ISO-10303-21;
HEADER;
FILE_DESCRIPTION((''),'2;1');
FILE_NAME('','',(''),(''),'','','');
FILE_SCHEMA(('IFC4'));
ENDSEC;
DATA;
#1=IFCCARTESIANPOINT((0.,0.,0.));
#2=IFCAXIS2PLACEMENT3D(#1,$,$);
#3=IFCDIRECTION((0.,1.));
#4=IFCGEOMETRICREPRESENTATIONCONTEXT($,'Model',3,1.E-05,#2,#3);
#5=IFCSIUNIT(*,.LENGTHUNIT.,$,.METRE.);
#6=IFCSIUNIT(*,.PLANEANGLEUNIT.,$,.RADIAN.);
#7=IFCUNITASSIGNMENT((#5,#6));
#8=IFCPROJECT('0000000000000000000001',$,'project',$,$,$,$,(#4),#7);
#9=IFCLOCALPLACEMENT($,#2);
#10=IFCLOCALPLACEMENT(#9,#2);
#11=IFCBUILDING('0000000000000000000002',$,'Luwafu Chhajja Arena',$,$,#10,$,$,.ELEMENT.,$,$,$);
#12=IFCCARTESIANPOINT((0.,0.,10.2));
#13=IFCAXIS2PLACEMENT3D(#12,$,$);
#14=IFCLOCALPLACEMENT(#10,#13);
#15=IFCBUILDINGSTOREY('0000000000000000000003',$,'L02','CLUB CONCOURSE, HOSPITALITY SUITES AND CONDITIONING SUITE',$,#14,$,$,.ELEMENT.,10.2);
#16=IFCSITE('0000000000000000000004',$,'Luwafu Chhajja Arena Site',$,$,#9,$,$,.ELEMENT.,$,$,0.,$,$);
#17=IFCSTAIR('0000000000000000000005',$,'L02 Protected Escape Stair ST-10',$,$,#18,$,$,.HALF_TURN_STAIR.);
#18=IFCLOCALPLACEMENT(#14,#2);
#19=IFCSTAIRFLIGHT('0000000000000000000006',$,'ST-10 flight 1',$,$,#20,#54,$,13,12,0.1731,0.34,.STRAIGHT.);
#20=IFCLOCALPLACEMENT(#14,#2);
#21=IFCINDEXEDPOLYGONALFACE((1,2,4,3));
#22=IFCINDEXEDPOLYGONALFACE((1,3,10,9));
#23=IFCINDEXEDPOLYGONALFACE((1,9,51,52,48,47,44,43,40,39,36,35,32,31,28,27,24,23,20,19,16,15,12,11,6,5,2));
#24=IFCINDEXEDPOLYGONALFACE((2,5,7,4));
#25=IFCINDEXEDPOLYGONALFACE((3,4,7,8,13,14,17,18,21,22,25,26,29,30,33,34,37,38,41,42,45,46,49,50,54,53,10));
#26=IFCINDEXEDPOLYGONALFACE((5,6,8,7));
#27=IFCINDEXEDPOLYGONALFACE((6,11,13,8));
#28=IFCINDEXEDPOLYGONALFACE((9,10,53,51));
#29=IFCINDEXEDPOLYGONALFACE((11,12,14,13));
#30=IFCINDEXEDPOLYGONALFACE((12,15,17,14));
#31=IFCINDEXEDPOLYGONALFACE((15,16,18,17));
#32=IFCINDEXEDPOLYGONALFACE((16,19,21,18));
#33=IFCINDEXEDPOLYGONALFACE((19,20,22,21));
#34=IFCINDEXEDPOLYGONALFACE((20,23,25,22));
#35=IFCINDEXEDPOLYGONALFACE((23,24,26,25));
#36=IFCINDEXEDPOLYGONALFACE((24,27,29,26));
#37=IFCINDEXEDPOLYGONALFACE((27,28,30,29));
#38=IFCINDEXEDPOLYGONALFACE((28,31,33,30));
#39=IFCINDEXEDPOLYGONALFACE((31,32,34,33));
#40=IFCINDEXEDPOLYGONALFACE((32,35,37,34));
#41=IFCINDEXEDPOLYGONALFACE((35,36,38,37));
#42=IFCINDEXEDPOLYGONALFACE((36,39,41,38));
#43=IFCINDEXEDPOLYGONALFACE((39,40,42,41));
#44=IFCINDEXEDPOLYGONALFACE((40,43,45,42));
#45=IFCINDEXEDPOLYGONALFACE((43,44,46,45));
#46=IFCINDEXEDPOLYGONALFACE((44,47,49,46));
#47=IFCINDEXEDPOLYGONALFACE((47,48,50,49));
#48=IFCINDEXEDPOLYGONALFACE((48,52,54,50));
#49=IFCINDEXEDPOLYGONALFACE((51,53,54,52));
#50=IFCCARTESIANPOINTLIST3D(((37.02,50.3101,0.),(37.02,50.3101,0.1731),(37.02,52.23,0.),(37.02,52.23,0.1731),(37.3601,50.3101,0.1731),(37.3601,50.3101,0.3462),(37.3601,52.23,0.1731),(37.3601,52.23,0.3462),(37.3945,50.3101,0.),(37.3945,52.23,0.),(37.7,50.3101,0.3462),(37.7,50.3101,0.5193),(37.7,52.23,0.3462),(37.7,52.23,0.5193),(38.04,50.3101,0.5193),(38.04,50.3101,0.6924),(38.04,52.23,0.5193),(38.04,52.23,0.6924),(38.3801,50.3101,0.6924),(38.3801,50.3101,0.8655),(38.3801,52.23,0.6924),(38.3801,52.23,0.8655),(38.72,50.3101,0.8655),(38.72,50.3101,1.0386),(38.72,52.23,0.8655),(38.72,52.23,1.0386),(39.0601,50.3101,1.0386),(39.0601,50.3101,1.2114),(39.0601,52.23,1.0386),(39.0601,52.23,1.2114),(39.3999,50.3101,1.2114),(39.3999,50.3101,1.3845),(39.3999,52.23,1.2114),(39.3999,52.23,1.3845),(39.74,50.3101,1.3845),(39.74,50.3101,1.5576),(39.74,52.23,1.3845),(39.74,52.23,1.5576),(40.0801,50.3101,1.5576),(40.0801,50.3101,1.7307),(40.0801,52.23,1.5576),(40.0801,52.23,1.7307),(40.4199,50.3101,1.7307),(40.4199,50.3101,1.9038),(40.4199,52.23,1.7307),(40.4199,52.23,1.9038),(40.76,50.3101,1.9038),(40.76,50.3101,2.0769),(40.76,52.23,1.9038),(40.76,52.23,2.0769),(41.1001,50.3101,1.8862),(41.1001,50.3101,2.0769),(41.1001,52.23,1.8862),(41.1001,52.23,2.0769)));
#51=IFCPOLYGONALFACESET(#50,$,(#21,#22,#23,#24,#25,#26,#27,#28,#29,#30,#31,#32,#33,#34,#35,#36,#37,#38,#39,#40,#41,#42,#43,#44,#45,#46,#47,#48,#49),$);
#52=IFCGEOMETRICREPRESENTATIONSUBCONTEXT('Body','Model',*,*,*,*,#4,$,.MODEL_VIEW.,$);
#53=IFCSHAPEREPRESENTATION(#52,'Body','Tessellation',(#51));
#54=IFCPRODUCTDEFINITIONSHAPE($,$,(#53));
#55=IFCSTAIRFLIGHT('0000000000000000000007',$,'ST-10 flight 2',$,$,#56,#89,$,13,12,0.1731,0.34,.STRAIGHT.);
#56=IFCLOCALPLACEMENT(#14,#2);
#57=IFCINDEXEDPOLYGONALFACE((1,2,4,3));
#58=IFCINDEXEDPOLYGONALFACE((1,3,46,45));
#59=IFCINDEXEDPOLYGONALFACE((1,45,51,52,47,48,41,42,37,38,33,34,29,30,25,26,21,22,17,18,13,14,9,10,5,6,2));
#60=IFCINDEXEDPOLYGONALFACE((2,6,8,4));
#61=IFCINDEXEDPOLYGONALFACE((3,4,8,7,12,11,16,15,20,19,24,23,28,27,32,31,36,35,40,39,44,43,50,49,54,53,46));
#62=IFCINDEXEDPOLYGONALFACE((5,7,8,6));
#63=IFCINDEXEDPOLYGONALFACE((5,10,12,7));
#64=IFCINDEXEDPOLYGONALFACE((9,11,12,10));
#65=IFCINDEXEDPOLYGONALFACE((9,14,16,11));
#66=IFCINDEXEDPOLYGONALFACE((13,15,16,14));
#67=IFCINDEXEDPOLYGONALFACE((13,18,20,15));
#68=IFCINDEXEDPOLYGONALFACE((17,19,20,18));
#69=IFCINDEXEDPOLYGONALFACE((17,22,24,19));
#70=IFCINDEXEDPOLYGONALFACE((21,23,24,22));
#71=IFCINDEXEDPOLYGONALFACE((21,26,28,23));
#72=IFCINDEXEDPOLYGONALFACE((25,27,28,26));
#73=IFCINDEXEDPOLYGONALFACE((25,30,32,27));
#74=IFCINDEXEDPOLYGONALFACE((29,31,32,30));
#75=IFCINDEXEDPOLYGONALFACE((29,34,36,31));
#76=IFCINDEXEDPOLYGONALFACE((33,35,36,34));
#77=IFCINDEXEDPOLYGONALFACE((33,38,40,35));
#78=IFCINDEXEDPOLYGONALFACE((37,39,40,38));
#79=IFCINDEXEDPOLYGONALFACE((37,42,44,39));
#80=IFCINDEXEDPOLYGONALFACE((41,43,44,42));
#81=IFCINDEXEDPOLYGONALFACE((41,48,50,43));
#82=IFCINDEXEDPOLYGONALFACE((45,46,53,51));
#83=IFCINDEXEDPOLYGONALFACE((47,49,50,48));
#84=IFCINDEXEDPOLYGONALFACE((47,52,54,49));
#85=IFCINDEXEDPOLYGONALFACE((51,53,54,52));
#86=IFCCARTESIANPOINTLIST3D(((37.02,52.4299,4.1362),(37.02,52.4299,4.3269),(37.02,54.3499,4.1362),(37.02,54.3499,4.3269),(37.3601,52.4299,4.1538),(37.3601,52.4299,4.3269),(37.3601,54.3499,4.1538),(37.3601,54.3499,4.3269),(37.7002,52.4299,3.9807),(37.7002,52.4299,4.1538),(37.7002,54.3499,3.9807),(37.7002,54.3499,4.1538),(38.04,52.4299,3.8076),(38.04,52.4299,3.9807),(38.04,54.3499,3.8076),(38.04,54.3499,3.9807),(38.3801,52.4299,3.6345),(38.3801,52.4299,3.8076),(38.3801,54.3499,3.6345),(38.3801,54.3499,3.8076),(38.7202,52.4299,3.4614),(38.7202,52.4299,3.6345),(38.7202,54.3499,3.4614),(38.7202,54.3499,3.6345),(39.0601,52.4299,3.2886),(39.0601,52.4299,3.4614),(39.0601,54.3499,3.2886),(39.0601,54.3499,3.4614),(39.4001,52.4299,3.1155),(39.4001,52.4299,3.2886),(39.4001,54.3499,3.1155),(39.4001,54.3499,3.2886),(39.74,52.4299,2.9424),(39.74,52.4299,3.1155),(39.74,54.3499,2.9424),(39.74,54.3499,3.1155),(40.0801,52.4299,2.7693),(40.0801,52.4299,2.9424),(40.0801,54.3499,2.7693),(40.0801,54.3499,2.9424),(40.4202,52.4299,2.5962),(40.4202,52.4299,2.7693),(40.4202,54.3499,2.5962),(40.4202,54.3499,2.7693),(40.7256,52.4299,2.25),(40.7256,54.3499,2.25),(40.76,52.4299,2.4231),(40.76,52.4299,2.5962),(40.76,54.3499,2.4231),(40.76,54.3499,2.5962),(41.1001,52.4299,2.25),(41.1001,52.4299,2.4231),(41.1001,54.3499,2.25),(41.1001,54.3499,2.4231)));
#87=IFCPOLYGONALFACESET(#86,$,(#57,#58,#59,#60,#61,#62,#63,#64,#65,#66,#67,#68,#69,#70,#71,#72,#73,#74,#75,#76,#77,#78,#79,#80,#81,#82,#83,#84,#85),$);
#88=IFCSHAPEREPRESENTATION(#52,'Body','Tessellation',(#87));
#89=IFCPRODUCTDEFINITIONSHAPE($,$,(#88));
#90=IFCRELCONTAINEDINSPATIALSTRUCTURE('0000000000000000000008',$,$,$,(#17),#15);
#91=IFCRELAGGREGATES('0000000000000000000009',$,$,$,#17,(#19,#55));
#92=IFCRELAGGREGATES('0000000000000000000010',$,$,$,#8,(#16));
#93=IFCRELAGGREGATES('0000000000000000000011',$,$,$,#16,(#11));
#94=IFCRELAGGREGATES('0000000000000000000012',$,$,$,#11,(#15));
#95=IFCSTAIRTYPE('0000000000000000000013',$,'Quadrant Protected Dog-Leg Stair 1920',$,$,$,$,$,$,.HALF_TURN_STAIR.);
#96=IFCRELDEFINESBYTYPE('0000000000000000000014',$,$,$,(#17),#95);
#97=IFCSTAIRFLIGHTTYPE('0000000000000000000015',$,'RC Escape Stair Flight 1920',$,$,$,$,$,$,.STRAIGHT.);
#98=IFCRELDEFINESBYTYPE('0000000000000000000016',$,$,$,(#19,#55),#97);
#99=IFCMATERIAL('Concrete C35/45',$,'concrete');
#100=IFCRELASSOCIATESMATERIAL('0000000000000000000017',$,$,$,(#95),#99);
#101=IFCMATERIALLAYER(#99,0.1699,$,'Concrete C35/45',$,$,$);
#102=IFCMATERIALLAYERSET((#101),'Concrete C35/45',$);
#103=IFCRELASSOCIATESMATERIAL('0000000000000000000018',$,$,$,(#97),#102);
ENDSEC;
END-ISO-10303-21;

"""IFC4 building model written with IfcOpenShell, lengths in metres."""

from ifc_helpers import new_model, si_unit, direction, frame, origin, place, context, subcontext, project, spatial, polyline, outline, extrude, material, layer, layer_set, type_object, element, aggregate, save


model = new_model("IFC4")

# Units and contexts
model_context = context("Model", 3, precision=1e-05, world=origin(), true_north=direction((0.0, 1.0)))
body_context = subcontext(model_context, "Body", "Model", "MODEL_VIEW")
ifc_project = project(units=[si_unit("LENGTHUNIT", "METRE"), si_unit("PLANEANGLEUNIT", "RADIAN")], contexts=[model_context])

# Site, building, storey
site_placement = place(None, origin())
site = spatial("IfcSite", under=ifc_project, at=site_placement, Name="Luwafu Chhajja Arena Site", CompositionType="ELEMENT", RefElevation=0.0)
building_placement = place(site_placement, origin())
building = spatial("IfcBuilding", under=site, at=building_placement, Name="Luwafu Chhajja Arena", CompositionType="ELEMENT")
storey_placement = place(building_placement, frame((0.0, 0.0, 10.2)))
storey = spatial("IfcBuildingStorey", under=building, at=storey_placement, Name="L02", Description="CLUB CONCOURSE, HOSPITALITY SUITES AND CONDITIONING SUITE", CompositionType="ELEMENT", Elevation=10.2)

# Shared definitions
ifc_material_1 = material(Name="Concrete C35/45", Category="concrete")

# Stair, stair flights
stair_type = type_object("IfcStairType", Name="Quadrant Protected Dog-Leg Stair 1920", PredefinedType="HALF_TURN_STAIR", material=ifc_material_1)
stair_placement = place(storey_placement, origin())
stair = element("IfcStair", 1, at=stair_placement, inside=storey, type_object=stair_type, Name="L02 Protected Escape Stair ST-10", PredefinedType="HALF_TURN_STAIR")
ifc_layer_1 = layer(ifc_material_1, 0.1699, Name="Concrete C35/45")
ifc_layer_set_1 = layer_set([ifc_layer_1], Name="Concrete C35/45")
stair_flight_type = type_object("IfcStairFlightType", Name="RC Escape Stair Flight 1920", PredefinedType="STRAIGHT", material=ifc_layer_set_1)
stair_flight_1_placement = place(storey_placement, frame((37.02, 51.27, 0.0), z_axis=(0.0, 0.0, 1.0), x_axis=(1.0, 0.0, 0.0)))
stair_flight_1 = element("IfcStairFlight", 2, at=stair_flight_1_placement, type_object=stair_flight_type, Name="ST-10 flight 1", NumberOfRisers=13, NumberOfTreads=12, PredefinedType="STRAIGHT", RiserHeight=0.1731, TreadLength=0.34, context=body_context, shape_type="SweptSolid", body=[
    extrude(outline(polyline([(0.0, 0.0), (0.0, 0.1731), (0.3401, 0.1731), (0.3401, 0.3462), (0.6799, 0.3462), (0.6799, 0.5193), (1.02, 0.5193), (1.02, 0.6924), (1.3601, 0.6924), (1.3601, 0.8655), (1.7, 0.8655), (1.7, 1.0386), (2.04, 1.0386), (2.04, 1.2114), (2.3799, 1.2114), (2.3799, 1.3845), (2.72, 1.3845), (2.72, 1.5576), (3.0601, 1.5576), (3.0601, 1.7307), (3.3999, 1.7307), (3.3999, 1.9038), (3.74, 1.9038), (3.74, 2.0769), (4.0801, 2.0769), (4.0801, 2.25), (4.0801, 1.8862), (0.3745, 0.0), (0.0, 0.0)])), frame((0.0, 0.96, 0.0), z_axis=(0.0, -1.0, 0.0), x_axis=(1.0, 0.0, 0.0)), (0.0, 0.0, 1.0), 1.9199),
])
stair_flight_2_placement = place(storey_placement, frame((41.1001, 53.3899, 2.25), z_axis=(0.0, 0.0, 1.0), x_axis=(-1.0, 0.0, 0.0)))
stair_flight_2 = element("IfcStairFlight", 3, at=stair_flight_2_placement, type_object=stair_flight_type, Name="ST-10 flight 2", NumberOfRisers=13, NumberOfTreads=12, PredefinedType="STRAIGHT", RiserHeight=0.1731, TreadLength=0.34, context=body_context, shape_type="SweptSolid", body=[
    extrude(outline(polyline([(0.0, 0.0), (0.0, 0.1731), (0.3401, 0.1731), (0.3401, 0.3462), (0.6799, 0.3462), (0.6799, 0.5193), (1.02, 0.5193), (1.02, 0.6924), (1.3601, 0.6924), (1.3601, 0.8655), (1.7, 0.8655), (1.7, 1.0386), (2.04, 1.0386), (2.04, 1.2114), (2.3799, 1.2114), (2.3799, 1.3845), (2.72, 1.3845), (2.72, 1.5576), (3.0601, 1.5576), (3.0601, 1.7307), (3.3999, 1.7307), (3.3999, 1.9038), (3.74, 1.9038), (3.74, 2.0769), (4.0801, 2.0769), (4.0801, 2.25), (4.0801, 1.8862), (0.3745, 0.0), (0.0, 0.0)])), frame((0.0, 0.96, 0.0), z_axis=(0.0, -1.0, 0.0), x_axis=(1.0, 0.0, 0.0)), (0.0, 0.0, 1.0), 1.9199),
])
aggregate(stair, [stair_flight_1, stair_flight_2])

save(model, "model.ifc")
